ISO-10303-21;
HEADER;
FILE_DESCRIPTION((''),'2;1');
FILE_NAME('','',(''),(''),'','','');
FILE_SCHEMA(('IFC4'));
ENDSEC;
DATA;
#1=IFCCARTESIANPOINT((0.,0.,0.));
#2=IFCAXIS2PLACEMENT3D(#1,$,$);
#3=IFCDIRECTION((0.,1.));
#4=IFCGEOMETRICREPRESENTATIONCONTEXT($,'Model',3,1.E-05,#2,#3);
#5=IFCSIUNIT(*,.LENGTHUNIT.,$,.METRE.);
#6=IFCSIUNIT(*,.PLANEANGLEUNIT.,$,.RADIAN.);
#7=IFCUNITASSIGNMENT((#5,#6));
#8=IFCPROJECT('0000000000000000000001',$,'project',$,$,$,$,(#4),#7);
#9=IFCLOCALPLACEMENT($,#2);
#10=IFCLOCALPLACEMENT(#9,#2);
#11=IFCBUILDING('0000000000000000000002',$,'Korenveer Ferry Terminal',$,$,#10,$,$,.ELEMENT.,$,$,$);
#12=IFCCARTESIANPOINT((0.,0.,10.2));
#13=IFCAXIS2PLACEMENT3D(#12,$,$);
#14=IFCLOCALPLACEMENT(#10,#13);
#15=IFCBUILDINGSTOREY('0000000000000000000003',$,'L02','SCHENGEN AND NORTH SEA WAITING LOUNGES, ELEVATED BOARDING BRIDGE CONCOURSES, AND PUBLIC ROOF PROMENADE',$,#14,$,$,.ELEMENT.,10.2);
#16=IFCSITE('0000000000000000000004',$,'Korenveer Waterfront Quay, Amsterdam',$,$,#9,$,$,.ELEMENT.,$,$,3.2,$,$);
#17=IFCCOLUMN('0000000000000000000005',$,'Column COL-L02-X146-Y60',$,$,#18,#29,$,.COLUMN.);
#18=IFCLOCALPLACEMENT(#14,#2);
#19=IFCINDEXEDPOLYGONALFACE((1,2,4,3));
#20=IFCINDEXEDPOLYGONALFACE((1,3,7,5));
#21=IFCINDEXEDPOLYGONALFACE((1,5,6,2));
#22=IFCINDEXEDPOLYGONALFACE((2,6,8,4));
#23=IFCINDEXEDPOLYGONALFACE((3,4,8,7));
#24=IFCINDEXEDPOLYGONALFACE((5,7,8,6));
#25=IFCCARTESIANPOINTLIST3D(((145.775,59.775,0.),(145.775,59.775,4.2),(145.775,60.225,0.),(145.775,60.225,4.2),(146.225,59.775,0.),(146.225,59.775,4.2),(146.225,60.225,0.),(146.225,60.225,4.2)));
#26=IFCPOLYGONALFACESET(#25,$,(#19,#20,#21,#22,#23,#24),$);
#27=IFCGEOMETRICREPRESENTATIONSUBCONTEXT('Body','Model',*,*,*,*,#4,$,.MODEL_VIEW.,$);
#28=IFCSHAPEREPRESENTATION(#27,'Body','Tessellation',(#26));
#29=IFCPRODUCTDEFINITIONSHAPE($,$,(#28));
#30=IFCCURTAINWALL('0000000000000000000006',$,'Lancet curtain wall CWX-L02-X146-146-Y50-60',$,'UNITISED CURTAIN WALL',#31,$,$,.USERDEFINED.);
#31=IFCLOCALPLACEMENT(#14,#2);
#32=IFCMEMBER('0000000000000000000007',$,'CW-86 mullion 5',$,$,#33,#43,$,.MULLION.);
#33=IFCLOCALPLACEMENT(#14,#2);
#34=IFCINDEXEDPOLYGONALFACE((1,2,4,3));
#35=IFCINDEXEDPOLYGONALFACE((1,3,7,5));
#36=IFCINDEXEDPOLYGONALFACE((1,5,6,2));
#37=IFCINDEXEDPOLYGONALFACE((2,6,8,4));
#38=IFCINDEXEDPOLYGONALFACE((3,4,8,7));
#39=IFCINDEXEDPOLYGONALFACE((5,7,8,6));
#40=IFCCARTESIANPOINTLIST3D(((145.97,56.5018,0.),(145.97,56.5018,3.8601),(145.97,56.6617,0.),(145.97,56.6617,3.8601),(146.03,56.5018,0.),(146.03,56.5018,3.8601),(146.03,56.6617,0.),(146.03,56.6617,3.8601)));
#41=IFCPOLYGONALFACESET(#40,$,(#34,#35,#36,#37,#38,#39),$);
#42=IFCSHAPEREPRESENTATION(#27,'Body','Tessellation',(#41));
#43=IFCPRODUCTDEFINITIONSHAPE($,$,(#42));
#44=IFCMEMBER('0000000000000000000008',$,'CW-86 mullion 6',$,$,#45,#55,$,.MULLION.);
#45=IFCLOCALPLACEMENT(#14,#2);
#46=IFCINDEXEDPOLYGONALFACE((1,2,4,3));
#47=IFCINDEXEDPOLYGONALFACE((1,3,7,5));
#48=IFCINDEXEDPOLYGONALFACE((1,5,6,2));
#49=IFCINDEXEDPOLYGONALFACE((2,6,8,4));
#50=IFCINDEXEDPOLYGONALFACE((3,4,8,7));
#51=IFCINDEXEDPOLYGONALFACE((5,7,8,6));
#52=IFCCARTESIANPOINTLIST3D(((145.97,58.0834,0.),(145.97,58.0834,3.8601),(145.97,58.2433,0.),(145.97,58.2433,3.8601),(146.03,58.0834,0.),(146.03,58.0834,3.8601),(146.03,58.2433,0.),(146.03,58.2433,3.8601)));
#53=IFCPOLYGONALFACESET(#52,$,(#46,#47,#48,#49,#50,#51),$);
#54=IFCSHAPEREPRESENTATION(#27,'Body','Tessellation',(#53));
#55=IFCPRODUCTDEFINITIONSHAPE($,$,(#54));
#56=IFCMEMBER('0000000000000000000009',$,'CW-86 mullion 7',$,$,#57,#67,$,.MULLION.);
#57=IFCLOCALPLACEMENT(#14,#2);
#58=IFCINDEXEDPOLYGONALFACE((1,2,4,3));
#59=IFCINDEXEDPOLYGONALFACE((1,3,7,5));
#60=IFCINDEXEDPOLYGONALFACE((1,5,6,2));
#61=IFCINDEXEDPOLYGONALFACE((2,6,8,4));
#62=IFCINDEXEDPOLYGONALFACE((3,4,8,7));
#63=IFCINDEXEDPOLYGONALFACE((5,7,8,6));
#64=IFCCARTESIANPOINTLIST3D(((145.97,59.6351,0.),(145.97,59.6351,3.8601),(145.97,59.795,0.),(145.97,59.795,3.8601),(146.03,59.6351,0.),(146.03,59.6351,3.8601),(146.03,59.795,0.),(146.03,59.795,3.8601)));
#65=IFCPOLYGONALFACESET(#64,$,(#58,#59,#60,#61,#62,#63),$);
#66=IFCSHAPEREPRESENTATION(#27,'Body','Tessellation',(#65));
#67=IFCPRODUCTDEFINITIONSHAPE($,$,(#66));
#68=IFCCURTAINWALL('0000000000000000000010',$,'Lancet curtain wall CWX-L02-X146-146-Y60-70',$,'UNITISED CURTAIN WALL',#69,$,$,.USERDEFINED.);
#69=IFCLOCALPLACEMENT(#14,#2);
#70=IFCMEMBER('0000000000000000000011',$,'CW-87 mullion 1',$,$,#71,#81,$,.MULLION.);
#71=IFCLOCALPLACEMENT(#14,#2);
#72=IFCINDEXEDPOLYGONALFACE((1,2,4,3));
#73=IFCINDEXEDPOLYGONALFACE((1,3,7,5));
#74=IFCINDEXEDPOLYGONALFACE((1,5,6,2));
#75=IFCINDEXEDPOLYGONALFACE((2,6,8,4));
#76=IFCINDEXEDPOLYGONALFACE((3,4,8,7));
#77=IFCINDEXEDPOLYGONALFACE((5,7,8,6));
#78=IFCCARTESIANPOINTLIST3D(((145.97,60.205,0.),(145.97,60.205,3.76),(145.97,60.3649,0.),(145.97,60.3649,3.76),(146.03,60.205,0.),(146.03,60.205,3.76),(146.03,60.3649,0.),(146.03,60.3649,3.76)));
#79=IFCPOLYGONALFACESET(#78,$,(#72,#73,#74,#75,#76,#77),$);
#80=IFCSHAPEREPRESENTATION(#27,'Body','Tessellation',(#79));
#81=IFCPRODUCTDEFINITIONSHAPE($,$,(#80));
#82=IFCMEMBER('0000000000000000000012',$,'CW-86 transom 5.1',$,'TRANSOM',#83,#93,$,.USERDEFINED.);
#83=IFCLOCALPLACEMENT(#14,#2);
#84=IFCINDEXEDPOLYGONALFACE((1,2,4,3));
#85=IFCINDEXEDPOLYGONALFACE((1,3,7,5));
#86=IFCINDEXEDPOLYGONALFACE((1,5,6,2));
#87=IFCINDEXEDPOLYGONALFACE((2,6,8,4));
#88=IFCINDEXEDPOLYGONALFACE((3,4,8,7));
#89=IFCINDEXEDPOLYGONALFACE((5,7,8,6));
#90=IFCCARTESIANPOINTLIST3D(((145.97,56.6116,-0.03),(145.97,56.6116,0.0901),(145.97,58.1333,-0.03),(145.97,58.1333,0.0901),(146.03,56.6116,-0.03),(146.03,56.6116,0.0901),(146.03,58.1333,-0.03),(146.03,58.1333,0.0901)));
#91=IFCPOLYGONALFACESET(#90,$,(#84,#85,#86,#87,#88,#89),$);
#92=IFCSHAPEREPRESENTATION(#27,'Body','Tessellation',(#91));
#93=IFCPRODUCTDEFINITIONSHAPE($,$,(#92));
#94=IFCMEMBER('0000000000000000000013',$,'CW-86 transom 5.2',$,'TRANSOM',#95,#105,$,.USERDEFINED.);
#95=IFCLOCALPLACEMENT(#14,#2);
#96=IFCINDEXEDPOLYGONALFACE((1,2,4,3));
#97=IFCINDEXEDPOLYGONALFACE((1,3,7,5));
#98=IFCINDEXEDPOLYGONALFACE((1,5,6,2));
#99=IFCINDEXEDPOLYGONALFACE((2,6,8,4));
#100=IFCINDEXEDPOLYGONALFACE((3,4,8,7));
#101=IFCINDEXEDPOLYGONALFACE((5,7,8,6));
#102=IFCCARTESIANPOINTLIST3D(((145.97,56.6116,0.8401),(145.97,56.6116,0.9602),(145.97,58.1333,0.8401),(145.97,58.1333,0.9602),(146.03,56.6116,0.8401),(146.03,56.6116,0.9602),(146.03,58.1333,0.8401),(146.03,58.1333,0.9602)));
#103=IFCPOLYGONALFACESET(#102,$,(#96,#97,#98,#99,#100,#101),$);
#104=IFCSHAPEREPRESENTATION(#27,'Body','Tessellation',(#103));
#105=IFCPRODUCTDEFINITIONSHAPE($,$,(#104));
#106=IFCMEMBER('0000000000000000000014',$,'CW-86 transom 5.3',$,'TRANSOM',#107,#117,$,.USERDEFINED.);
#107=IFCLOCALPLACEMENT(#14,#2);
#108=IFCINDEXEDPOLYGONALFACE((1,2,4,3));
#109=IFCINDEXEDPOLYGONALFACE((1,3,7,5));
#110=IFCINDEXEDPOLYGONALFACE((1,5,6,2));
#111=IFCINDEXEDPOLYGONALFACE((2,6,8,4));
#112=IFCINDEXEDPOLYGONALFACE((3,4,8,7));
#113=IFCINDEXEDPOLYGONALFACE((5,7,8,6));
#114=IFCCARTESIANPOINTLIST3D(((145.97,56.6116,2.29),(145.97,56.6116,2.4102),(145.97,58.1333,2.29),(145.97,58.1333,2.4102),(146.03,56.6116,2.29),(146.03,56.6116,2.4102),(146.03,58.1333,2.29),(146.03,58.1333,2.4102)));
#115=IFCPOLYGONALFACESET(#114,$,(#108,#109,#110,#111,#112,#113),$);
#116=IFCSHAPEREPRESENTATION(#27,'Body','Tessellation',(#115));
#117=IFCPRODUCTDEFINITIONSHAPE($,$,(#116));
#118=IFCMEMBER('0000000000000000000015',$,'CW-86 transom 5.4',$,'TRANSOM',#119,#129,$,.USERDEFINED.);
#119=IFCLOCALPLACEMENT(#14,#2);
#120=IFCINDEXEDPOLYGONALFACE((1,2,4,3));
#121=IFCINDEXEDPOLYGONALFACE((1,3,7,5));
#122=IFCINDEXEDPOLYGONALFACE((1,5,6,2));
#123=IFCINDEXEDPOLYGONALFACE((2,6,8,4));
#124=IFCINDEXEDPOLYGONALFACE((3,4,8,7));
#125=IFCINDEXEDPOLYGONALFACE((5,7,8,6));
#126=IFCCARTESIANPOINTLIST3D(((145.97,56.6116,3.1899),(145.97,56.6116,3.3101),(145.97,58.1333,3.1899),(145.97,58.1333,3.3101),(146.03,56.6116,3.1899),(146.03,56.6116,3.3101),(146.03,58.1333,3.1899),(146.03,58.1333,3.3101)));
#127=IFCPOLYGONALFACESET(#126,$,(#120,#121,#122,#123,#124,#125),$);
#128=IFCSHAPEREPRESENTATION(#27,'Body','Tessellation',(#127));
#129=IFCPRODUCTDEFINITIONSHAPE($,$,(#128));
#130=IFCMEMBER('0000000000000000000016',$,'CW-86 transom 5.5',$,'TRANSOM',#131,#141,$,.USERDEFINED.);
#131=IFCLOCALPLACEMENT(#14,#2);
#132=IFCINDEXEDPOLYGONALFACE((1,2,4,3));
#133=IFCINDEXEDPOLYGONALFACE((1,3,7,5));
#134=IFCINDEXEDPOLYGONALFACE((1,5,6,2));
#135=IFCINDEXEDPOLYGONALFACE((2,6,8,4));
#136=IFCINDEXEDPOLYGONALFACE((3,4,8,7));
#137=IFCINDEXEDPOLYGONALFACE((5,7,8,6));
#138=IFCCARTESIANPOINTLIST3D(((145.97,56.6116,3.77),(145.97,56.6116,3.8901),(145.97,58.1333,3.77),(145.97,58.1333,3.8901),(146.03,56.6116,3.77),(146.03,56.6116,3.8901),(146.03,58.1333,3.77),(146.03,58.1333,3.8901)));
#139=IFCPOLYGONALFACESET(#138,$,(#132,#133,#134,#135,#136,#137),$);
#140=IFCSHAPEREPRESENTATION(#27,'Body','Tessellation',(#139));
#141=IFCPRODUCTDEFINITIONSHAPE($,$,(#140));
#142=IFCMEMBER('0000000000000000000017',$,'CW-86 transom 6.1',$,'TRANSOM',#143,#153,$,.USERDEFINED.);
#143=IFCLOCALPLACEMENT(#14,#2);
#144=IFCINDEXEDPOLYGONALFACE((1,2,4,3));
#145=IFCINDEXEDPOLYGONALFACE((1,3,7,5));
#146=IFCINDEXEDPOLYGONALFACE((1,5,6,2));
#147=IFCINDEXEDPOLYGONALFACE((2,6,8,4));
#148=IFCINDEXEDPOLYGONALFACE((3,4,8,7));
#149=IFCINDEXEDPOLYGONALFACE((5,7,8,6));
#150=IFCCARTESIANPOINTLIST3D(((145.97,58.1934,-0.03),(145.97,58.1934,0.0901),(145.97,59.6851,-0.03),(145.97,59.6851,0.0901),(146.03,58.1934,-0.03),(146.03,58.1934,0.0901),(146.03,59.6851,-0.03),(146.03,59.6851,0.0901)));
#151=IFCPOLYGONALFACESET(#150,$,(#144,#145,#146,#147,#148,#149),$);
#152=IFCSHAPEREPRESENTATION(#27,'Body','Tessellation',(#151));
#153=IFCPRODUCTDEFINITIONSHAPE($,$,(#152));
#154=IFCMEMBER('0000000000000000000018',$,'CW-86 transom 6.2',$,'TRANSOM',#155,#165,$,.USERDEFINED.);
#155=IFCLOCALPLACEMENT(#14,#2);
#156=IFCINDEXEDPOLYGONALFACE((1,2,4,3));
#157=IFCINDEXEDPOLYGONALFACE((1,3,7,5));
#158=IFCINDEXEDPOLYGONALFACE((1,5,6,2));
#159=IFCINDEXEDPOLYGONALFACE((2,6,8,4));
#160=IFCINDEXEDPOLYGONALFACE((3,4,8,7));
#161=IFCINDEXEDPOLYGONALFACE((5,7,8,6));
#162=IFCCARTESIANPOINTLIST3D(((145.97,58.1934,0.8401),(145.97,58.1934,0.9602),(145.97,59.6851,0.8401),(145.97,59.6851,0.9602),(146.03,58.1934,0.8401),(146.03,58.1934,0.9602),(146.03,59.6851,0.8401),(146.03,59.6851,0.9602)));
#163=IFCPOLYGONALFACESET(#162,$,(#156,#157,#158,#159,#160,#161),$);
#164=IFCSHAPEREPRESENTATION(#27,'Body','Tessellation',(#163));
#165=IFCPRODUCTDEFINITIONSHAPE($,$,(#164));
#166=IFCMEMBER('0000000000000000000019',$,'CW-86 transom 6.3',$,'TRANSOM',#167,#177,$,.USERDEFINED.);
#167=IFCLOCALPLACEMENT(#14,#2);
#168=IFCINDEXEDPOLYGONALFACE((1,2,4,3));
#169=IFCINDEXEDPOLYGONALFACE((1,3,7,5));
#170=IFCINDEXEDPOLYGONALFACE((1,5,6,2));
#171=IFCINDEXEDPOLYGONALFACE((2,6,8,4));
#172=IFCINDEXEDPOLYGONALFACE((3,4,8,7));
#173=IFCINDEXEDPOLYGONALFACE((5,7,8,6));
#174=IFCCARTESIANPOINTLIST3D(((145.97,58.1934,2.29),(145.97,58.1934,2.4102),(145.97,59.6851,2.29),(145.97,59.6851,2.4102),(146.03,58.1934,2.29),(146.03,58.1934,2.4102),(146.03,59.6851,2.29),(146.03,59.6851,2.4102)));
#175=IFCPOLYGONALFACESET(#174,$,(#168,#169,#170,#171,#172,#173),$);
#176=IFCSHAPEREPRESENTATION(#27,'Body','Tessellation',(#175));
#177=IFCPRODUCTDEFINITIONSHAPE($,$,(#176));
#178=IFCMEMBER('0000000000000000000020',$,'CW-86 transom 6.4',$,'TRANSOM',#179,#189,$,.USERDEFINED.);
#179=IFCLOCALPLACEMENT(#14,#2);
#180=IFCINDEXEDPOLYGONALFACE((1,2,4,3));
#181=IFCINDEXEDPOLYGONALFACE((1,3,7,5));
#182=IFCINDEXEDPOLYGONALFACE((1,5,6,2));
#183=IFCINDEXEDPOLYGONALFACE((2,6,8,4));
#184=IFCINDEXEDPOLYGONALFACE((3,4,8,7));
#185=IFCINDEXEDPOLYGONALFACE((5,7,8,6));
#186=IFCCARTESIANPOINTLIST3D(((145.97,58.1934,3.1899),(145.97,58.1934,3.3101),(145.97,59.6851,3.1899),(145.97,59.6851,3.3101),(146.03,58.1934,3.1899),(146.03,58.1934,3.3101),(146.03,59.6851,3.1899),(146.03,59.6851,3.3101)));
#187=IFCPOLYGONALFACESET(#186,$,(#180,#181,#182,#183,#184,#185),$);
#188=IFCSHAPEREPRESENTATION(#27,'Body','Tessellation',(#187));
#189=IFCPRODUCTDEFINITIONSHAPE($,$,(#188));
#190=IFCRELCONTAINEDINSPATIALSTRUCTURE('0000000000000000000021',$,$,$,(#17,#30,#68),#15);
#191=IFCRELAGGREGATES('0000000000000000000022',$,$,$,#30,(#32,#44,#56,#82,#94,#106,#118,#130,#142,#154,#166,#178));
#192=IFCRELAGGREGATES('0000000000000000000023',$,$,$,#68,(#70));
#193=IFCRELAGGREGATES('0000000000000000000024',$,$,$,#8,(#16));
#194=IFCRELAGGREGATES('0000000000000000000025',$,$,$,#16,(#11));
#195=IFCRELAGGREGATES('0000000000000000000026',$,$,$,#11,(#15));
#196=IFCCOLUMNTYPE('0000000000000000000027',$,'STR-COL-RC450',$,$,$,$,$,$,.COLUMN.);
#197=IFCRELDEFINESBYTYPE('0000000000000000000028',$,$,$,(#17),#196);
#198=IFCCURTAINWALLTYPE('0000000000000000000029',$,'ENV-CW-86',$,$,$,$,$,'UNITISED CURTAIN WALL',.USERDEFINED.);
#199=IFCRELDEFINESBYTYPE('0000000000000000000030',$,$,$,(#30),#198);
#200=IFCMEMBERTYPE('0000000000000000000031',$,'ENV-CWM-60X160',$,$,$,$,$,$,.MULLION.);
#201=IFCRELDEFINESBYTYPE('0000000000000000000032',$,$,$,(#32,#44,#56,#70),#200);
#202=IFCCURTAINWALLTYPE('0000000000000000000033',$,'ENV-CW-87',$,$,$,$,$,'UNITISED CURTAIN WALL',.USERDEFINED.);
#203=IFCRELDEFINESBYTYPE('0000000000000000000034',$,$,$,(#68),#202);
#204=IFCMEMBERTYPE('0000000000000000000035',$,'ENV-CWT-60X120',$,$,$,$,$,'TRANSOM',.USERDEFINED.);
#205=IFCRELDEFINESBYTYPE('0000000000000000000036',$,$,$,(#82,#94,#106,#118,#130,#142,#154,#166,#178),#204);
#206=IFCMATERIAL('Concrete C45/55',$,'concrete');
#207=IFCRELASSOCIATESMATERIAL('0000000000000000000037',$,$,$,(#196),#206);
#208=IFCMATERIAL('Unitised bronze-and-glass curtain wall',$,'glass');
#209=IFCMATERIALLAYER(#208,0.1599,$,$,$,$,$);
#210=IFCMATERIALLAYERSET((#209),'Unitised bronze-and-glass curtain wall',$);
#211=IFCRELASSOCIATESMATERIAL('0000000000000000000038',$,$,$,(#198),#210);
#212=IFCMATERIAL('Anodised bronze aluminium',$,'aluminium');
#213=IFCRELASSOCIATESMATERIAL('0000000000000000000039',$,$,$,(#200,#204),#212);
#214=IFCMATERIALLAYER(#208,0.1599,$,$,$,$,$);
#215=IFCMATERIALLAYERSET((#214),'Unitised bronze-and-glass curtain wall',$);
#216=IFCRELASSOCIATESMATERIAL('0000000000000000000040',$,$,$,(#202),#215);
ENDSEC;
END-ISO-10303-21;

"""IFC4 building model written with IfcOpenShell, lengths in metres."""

from ifc_helpers import new_model, si_unit, direction, frame, origin, origin_2d, place, context, subcontext, project, spatial, rectangle, extrude, material, layer, layer_set, material_profile, profile_set, type_object, element, aggregate, save


model = new_model("IFC4")

# Units and contexts
model_context = context("Model", 3, precision=1e-05, world=origin(), true_north=direction((0.0, 1.0)))
body_context = subcontext(model_context, "Body", "Model", "MODEL_VIEW")
ifc_project = project(units=[si_unit("LENGTHUNIT", "METRE"), si_unit("PLANEANGLEUNIT", "RADIAN")], contexts=[model_context])

# Site, building, storey
site_placement = place(None, origin())
site = spatial("IfcSite", under=ifc_project, at=site_placement, Name="Korenveer Waterfront Quay, Amsterdam", CompositionType="ELEMENT", RefElevation=3.2)
building_placement = place(site_placement, origin())
building = spatial("IfcBuilding", under=site, at=building_placement, Name="Korenveer Ferry Terminal", CompositionType="ELEMENT")
storey_placement = place(building_placement, frame((0.0, 0.0, 10.2)))
storey = spatial("IfcBuildingStorey", under=building, at=storey_placement, Name="L02", Description="SCHENGEN AND NORTH SEA WAITING LOUNGES, ELEVATED BOARDING BRIDGE CONCOURSES, AND PUBLIC ROOF PROMENADE", CompositionType="ELEMENT", Elevation=10.2)

# Column
ifc_material_1 = material(Name="Concrete C45/55", Category="concrete")
ifc_material_profile_1 = material_profile(ifc_material_1, rectangle(XDim=0.45, YDim=0.45, at=origin_2d()), Name="RC 450x450")
ifc_profile_set_1 = profile_set([ifc_material_profile_1], Name="Concrete C45/55")
column_type = type_object("IfcColumnType", Name="STR-COL-RC450", PredefinedType="COLUMN", material=ifc_profile_set_1)
column_placement = place(storey_placement, frame((146.0, 60.0, 0.0), z_axis=(0.0, 0.0, 1.0), x_axis=(1.0, 0.0, 0.0)))
element("IfcColumn", 1, at=column_placement, inside=storey, type_object=column_type, Name="Column COL-L02-X146-Y60", PredefinedType="COLUMN", context=body_context, shape_type="SweptSolid", body=[
    extrude(rectangle(XDim=0.45, YDim=0.45, at=origin_2d()), origin(), (0.0, 0.0, 1.0), 4.2),
])

# Curtain wall, members
ifc_material_2 = material(Name="Unitised bronze-and-glass curtain wall", Category="glass")
ifc_layer_1 = layer(ifc_material_2, 0.1599)
ifc_layer_set_1 = layer_set([ifc_layer_1], Name="Unitised bronze-and-glass curtain wall")
curtain_wall_type_1 = type_object("IfcCurtainWallType", Name="ENV-CW-86", ElementType="UNITISED CURTAIN WALL", PredefinedType="USERDEFINED", material=ifc_layer_set_1)
curtain_wall_1_placement = place(storey_placement, frame((146.0, 50.2549, 0.0)))
curtain_wall_1 = element("IfcCurtainWall", 2, at=curtain_wall_1_placement, inside=storey, type_object=curtain_wall_type_1, Name="Lancet curtain wall CWX-L02-X146-146-Y50-60", ObjectType="UNITISED CURTAIN WALL", PredefinedType="USERDEFINED")
ifc_material_3 = material(Name="Anodised bronze aluminium", Category="aluminium")
ifc_material_profile_2 = material_profile(ifc_material_3, rectangle(XDim=0.0601, YDim=0.1599, at=origin_2d()), Name="ALU 60x160")
ifc_profile_set_2 = profile_set([ifc_material_profile_2], Name="Anodised bronze aluminium")
member_type_1 = type_object("IfcMemberType", Name="ENV-CWM-60X160", PredefinedType="MULLION", material=ifc_profile_set_2)
member_1_placement = place(storey_placement, frame((146.0, 56.5818, 0.0), z_axis=(0.0, 0.0, 1.0), x_axis=(-1.0, 0.0, 0.0)))
member_1 = element("IfcMember", 3, at=member_1_placement, type_object=member_type_1, Name="CW-86 mullion 5", PredefinedType="MULLION", context=body_context, shape_type="SweptSolid", body=[
    extrude(rectangle(XDim=0.0601, YDim=0.1599, at=origin_2d()), origin(), (0.0, 0.0, 1.0), 3.8601),
])
member_2_placement = place(storey_placement, frame((146.0, 58.1633, 0.0), z_axis=(0.0, 0.0, 1.0), x_axis=(-1.0, 0.0, 0.0)))
member_2 = element("IfcMember", 4, at=member_2_placement, type_object=member_type_1, Name="CW-86 mullion 6", PredefinedType="MULLION", context=body_context, shape_type="SweptSolid", body=[
    extrude(rectangle(XDim=0.0601, YDim=0.1599, at=origin_2d()), origin(), (0.0, 0.0, 1.0), 3.8601),
])
member_3_placement = place(storey_placement, frame((146.0, 59.7151, 0.0), z_axis=(0.0, 0.0, 1.0), x_axis=(-1.0, 0.0, 0.0)))
member_3 = element("IfcMember", 5, at=member_3_placement, type_object=member_type_1, Name="CW-86 mullion 7", PredefinedType="MULLION", context=body_context, shape_type="SweptSolid", body=[
    extrude(rectangle(XDim=0.0601, YDim=0.1599, at=origin_2d()), origin(), (0.0, 0.0, 1.0), 3.8601),
])

# Curtain wall, member
ifc_layer_2 = layer(ifc_material_2, 0.1599)
ifc_layer_set_2 = layer_set([ifc_layer_2], Name="Unitised bronze-and-glass curtain wall")
curtain_wall_type_2 = type_object("IfcCurtainWallType", Name="ENV-CW-87", ElementType="UNITISED CURTAIN WALL", PredefinedType="USERDEFINED", material=ifc_layer_set_2)
curtain_wall_2_placement = place(storey_placement, frame((146.0, 60.2549, 0.0)))
curtain_wall_2 = element("IfcCurtainWall", 6, at=curtain_wall_2_placement, inside=storey, type_object=curtain_wall_type_2, Name="Lancet curtain wall CWX-L02-X146-146-Y60-70", ObjectType="UNITISED CURTAIN WALL", PredefinedType="USERDEFINED")
member_4_placement = place(storey_placement, frame((146.0, 60.2849, 0.0), z_axis=(0.0, 0.0, 1.0), x_axis=(-1.0, 0.0, 0.0)))
member_4 = element("IfcMember", 7, at=member_4_placement, type_object=member_type_1, Name="CW-87 mullion 1", PredefinedType="MULLION", context=body_context, shape_type="SweptSolid", body=[
    extrude(rectangle(XDim=0.0601, YDim=0.1599, at=origin_2d()), origin(), (0.0, 0.0, 1.0), 3.76),
])

# Members
ifc_material_profile_3 = material_profile(ifc_material_3, rectangle(XDim=0.0601, YDim=0.1201, at=origin_2d()), Name="ALU 60x120")
ifc_profile_set_3 = profile_set([ifc_material_profile_3], Name="Anodised bronze aluminium")
member_type_2 = type_object("IfcMemberType", Name="ENV-CWT-60X120", ElementType="TRANSOM", PredefinedType="USERDEFINED", material=ifc_profile_set_3)
member_5_placement = place(storey_placement, frame((146.0, 56.6116, 0.03), z_axis=(0.0, 1.0, 0.0), x_axis=(-1.0, 0.0, 0.0)))
member_5 = element("IfcMember", 8, at=member_5_placement, type_object=member_type_2, Name="CW-86 transom 5.1", ObjectType="TRANSOM", PredefinedType="USERDEFINED", context=body_context, shape_type="SweptSolid", body=[
    extrude(rectangle(XDim=0.0601, YDim=0.1201, at=origin_2d()), origin(), (0.0, 0.0, 1.0), 1.5217),
])
member_6_placement = place(storey_placement, frame((146.0, 56.6116, 0.9001), z_axis=(0.0, 1.0, 0.0), x_axis=(-1.0, 0.0, 0.0)))
member_6 = element("IfcMember", 9, at=member_6_placement, type_object=member_type_2, Name="CW-86 transom 5.2", ObjectType="TRANSOM", PredefinedType="USERDEFINED", context=body_context, shape_type="SweptSolid", body=[
    extrude(rectangle(XDim=0.0601, YDim=0.1201, at=origin_2d()), origin(), (0.0, 0.0, 1.0), 1.5217),
])
member_7_placement = place(storey_placement, frame((146.0, 56.6116, 2.3501), z_axis=(0.0, 1.0, 0.0), x_axis=(-1.0, 0.0, 0.0)))
member_7 = element("IfcMember", 10, at=member_7_placement, type_object=member_type_2, Name="CW-86 transom 5.3", ObjectType="TRANSOM", PredefinedType="USERDEFINED", context=body_context, shape_type="SweptSolid", body=[
    extrude(rectangle(XDim=0.0601, YDim=0.1201, at=origin_2d()), origin(), (0.0, 0.0, 1.0), 1.5217),
])
member_8_placement = place(storey_placement, frame((146.0, 56.6116, 3.25), z_axis=(0.0, 1.0, 0.0), x_axis=(-1.0, 0.0, 0.0)))
member_8 = element("IfcMember", 11, at=member_8_placement, type_object=member_type_2, Name="CW-86 transom 5.4", ObjectType="TRANSOM", PredefinedType="USERDEFINED", context=body_context, shape_type="SweptSolid", body=[
    extrude(rectangle(XDim=0.0601, YDim=0.1201, at=origin_2d()), origin(), (0.0, 0.0, 1.0), 1.5217),
])
member_9_placement = place(storey_placement, frame((146.0, 56.6116, 3.8301), z_axis=(0.0, 1.0, 0.0), x_axis=(-1.0, 0.0, 0.0)))
member_9 = element("IfcMember", 12, at=member_9_placement, type_object=member_type_2, Name="CW-86 transom 5.5", ObjectType="TRANSOM", PredefinedType="USERDEFINED", context=body_context, shape_type="SweptSolid", body=[
    extrude(rectangle(XDim=0.0601, YDim=0.1201, at=origin_2d()), origin(), (0.0, 0.0, 1.0), 1.5217),
])
member_10_placement = place(storey_placement, frame((146.0, 58.1934, 0.03), z_axis=(0.0, 1.0, 0.0), x_axis=(-1.0, 0.0, 0.0)))
member_10 = element("IfcMember", 13, at=member_10_placement, type_object=member_type_2, Name="CW-86 transom 6.1", ObjectType="TRANSOM", PredefinedType="USERDEFINED", context=body_context, shape_type="SweptSolid", body=[
    extrude(rectangle(XDim=0.0601, YDim=0.1201, at=origin_2d()), origin(), (0.0, 0.0, 1.0), 1.4917),
])
member_11_placement = place(storey_placement, frame((146.0, 58.1934, 0.9001), z_axis=(0.0, 1.0, 0.0), x_axis=(-1.0, 0.0, 0.0)))
member_11 = element("IfcMember", 14, at=member_11_placement, type_object=member_type_2, Name="CW-86 transom 6.2", ObjectType="TRANSOM", PredefinedType="USERDEFINED", context=body_context, shape_type="SweptSolid", body=[
    extrude(rectangle(XDim=0.0601, YDim=0.1201, at=origin_2d()), origin(), (0.0, 0.0, 1.0), 1.4917),
])
member_12_placement = place(storey_placement, frame((146.0, 58.1934, 2.3501), z_axis=(0.0, 1.0, 0.0), x_axis=(-1.0, 0.0, 0.0)))
member_12 = element("IfcMember", 15, at=member_12_placement, type_object=member_type_2, Name="CW-86 transom 6.3", ObjectType="TRANSOM", PredefinedType="USERDEFINED", context=body_context, shape_type="SweptSolid", body=[
    extrude(rectangle(XDim=0.0601, YDim=0.1201, at=origin_2d()), origin(), (0.0, 0.0, 1.0), 1.4917),
])
member_13_placement = place(storey_placement, frame((146.0, 58.1934, 3.25), z_axis=(0.0, 1.0, 0.0), x_axis=(-1.0, 0.0, 0.0)))
member_13 = element("IfcMember", 16, at=member_13_placement, type_object=member_type_2, Name="CW-86 transom 6.4", ObjectType="TRANSOM", PredefinedType="USERDEFINED", context=body_context, shape_type="SweptSolid", body=[
    extrude(rectangle(XDim=0.0601, YDim=0.1201, at=origin_2d()), origin(), (0.0, 0.0, 1.0), 1.4917),
])

aggregate(curtain_wall_1, [member_1, member_2, member_3, member_5, member_6, member_7, member_8, member_9, member_10, member_11, member_12, member_13])
aggregate(curtain_wall_2, [member_4])

save(model, "model.ifc")
